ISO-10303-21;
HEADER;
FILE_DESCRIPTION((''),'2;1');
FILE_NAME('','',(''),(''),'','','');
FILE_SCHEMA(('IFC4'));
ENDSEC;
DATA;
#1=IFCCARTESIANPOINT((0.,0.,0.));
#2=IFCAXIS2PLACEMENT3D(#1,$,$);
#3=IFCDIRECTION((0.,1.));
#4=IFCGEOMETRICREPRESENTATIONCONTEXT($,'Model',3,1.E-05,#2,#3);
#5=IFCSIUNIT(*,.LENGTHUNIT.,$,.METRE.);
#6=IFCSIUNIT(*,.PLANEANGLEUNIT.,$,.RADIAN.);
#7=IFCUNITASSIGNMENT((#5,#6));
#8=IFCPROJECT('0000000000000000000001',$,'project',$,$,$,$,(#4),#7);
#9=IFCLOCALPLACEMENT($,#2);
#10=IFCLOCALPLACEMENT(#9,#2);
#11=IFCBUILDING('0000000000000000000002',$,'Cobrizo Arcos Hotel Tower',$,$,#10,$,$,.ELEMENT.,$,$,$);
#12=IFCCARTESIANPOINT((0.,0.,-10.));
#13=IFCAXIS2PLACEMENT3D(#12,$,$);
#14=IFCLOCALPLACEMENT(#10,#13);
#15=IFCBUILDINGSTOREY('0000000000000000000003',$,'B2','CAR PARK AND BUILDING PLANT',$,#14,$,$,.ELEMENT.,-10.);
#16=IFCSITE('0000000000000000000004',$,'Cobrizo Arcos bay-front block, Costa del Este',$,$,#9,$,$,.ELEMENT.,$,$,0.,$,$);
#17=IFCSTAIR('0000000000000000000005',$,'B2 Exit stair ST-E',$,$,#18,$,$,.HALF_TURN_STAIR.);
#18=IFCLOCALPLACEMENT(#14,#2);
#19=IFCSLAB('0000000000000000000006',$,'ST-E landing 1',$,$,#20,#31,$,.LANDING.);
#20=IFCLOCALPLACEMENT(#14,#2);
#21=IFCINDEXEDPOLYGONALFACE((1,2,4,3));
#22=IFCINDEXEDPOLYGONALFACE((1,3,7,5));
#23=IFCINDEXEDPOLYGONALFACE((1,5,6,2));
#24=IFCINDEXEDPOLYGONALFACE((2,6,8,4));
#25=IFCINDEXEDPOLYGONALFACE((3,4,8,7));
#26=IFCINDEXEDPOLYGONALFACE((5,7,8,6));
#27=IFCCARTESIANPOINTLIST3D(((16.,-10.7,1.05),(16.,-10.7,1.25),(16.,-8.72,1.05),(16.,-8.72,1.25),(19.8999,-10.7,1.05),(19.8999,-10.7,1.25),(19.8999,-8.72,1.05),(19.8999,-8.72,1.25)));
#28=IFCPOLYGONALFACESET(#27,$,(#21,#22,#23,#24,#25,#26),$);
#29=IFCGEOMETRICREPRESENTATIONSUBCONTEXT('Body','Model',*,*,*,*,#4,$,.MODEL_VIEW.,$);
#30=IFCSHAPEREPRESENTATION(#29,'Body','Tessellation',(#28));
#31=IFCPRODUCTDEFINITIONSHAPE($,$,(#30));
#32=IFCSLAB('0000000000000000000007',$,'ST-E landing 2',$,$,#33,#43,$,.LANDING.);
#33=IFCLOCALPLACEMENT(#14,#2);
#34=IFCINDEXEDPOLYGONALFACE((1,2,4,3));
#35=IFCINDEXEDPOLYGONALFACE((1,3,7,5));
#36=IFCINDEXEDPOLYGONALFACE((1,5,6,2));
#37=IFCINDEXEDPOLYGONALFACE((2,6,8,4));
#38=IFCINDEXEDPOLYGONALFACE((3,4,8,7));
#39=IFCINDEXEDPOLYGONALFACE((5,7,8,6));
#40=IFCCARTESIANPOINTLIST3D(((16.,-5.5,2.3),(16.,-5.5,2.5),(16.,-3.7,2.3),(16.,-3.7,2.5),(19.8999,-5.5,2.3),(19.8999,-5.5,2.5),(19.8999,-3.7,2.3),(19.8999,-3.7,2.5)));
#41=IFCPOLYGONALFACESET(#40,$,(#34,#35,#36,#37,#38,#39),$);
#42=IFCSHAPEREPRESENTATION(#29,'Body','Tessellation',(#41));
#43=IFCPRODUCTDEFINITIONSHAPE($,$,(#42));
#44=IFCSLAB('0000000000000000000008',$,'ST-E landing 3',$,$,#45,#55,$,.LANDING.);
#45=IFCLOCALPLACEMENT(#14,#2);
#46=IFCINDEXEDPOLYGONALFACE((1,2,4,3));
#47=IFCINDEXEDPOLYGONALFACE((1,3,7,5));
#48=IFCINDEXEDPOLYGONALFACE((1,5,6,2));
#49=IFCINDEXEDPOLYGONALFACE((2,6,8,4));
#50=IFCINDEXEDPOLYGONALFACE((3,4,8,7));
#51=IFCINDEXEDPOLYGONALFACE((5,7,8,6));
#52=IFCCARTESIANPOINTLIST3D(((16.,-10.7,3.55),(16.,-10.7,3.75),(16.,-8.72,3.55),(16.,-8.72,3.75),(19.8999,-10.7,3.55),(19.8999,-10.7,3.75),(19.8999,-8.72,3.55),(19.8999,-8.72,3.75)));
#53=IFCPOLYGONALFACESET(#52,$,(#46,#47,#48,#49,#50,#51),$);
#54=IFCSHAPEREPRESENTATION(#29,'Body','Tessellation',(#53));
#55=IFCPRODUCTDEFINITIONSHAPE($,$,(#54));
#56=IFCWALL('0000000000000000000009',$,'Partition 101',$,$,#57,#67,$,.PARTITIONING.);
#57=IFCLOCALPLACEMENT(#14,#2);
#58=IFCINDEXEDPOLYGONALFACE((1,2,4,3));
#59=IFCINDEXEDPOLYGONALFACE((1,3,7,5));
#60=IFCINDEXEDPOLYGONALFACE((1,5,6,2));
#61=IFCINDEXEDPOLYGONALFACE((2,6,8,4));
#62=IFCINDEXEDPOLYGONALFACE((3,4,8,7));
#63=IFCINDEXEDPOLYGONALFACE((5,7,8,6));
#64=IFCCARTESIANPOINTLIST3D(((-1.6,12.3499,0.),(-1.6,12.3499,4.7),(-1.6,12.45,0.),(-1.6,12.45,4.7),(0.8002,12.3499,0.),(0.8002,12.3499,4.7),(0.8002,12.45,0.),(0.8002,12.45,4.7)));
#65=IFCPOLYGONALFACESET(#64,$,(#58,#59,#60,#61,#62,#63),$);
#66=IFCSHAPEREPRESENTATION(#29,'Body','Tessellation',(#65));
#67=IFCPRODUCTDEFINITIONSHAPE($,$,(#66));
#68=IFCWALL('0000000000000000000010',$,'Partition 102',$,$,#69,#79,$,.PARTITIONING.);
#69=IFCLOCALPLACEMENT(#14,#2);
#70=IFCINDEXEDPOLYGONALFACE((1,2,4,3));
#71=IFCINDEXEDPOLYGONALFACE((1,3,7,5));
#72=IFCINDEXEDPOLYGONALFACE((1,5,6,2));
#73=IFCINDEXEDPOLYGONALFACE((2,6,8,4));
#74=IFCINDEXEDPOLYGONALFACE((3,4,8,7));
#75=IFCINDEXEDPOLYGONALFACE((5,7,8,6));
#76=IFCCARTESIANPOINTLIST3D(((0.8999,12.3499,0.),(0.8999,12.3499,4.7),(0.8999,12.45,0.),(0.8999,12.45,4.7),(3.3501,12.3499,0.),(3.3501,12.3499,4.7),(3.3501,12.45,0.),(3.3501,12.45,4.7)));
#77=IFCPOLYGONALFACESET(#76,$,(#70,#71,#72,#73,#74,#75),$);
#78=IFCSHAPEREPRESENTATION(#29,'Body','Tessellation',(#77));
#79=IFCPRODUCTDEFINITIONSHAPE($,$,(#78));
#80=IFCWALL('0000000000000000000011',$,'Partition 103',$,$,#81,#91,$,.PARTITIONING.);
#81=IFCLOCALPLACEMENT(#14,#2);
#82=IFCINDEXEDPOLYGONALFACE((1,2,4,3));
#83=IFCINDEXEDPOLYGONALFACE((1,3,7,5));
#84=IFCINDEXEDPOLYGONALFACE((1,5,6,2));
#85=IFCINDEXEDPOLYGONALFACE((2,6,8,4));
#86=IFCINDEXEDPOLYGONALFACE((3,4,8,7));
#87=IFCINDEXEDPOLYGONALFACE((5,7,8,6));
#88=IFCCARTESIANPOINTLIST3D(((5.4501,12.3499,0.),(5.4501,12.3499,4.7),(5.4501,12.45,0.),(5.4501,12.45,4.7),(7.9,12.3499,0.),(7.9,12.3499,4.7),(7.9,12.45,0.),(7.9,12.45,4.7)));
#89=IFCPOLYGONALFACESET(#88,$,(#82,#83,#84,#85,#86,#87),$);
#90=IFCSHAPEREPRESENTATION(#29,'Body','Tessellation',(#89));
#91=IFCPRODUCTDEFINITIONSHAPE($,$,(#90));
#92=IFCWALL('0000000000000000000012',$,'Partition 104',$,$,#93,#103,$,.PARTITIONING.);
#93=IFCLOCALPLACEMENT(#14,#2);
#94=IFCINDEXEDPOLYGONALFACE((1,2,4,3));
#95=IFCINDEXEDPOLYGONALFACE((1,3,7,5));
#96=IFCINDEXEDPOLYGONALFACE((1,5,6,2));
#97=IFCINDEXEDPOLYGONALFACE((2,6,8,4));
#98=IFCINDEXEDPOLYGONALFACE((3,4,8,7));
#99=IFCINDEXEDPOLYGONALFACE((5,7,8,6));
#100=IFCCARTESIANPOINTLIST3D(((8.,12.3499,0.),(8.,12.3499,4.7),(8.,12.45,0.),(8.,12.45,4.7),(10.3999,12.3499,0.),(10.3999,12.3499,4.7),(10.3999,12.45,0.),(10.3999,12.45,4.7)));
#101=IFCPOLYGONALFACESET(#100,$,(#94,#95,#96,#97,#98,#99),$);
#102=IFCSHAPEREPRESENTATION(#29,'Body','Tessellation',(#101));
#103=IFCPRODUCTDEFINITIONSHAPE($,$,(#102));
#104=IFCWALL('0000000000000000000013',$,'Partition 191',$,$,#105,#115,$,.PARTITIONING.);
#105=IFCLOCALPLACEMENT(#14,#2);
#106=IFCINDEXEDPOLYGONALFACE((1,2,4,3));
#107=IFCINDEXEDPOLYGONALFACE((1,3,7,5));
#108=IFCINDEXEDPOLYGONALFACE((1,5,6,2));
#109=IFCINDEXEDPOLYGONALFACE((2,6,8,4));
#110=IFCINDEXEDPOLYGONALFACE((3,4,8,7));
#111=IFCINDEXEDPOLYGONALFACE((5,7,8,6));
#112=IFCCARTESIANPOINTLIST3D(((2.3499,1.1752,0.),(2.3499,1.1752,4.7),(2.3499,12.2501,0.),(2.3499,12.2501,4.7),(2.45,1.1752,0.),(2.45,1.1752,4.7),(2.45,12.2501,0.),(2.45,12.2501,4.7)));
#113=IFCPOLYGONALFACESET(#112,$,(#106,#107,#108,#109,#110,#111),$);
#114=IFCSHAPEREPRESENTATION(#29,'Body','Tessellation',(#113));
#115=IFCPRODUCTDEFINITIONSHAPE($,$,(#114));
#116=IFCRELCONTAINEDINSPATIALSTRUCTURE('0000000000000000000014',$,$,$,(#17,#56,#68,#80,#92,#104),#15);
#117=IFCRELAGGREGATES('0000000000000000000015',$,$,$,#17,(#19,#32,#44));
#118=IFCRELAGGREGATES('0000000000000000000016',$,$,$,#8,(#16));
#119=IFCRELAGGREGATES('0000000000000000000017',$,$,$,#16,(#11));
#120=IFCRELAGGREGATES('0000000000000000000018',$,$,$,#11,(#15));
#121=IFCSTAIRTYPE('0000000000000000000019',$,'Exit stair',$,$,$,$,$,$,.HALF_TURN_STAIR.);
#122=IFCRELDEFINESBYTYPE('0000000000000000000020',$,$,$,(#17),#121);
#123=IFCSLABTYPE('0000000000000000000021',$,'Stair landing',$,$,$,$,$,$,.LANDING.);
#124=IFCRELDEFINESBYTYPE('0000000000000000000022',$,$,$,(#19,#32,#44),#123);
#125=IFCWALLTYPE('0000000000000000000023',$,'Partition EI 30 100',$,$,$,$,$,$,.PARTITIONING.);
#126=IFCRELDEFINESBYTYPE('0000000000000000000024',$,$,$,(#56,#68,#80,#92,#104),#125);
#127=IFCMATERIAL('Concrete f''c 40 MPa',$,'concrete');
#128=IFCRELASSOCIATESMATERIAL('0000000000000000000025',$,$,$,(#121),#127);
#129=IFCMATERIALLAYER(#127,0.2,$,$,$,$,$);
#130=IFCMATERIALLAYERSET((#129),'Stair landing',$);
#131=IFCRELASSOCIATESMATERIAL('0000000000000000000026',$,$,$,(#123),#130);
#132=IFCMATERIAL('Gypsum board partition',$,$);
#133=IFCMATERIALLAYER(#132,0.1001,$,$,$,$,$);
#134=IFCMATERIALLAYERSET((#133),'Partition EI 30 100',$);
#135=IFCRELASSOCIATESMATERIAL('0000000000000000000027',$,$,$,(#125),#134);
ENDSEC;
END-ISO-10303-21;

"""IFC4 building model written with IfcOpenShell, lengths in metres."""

from ifc_helpers import new_model, si_unit, direction, frame, frame_2d, origin, place, context, subcontext, project, spatial, polyline, rectangle, outline, extrude, material, layer, layer_set, type_object, element, aggregate, save


model = new_model("IFC4")

# Units and contexts
model_context = context("Model", 3, precision=1e-05, world=origin(), true_north=direction((0.0, 1.0)))
body_context = subcontext(model_context, "Body", "Model", "MODEL_VIEW")
ifc_project = project(units=[si_unit("LENGTHUNIT", "METRE"), si_unit("PLANEANGLEUNIT", "RADIAN")], contexts=[model_context])

# Site, building, storey
site_placement = place(None, origin())
site = spatial("IfcSite", under=ifc_project, at=site_placement, Name="Cobrizo Arcos bay-front block, Costa del Este", CompositionType="ELEMENT", RefElevation=0.0)
building_placement = place(site_placement, origin())
building = spatial("IfcBuilding", under=site, at=building_placement, Name="Cobrizo Arcos Hotel Tower", CompositionType="ELEMENT")
storey_placement = place(building_placement, frame((0.0, 0.0, -10.0)))
storey = spatial("IfcBuildingStorey", under=building, at=storey_placement, Name="B2", Description="CAR PARK AND BUILDING PLANT", CompositionType="ELEMENT", Elevation=-10.0)

# Shared definitions
ifc_material_1 = material(Name="Concrete f'c 40 MPa", Category="concrete")

# Stair, slabs
stair_type = type_object("IfcStairType", Name="Exit stair", PredefinedType="HALF_TURN_STAIR", material=ifc_material_1)
ifc_layer_1 = layer(ifc_material_1, 0.2)
ifc_layer_set_1 = layer_set([ifc_layer_1], Name="Stair landing")
slab_type = type_object("IfcSlabType", Name="Stair landing", PredefinedType="LANDING", material=ifc_layer_set_1)
stair_1_placement = place(storey_placement, origin())
stair_1 = element("IfcStair", 1, at=stair_1_placement, inside=storey, type_object=stair_type, Name="B2 Exit stair ST-E", PredefinedType="HALF_TURN_STAIR")
slab_1_placement = place(storey_placement, frame((0.0, 0.0, 1.05)))
slab_1 = element("IfcSlab", 2, at=slab_1_placement, type_object=slab_type, Name="ST-E landing 1", PredefinedType="LANDING", context=body_context, shape_type="SweptSolid", body=[
    extrude(outline(polyline([(16.0, -8.72), (16.0, -10.7), (19.8999, -10.7), (19.8999, -8.72), (16.0, -8.72)])), origin(), (0.0, 0.0, 1.0), 0.2),
])
slab_2_placement = place(storey_placement, frame((0.0, 0.0, 2.3)))
slab_2 = element("IfcSlab", 3, at=slab_2_placement, type_object=slab_type, Name="ST-E landing 2", PredefinedType="LANDING", context=body_context, shape_type="SweptSolid", body=[
    extrude(outline(polyline([(16.0, -3.7), (16.0, -5.5), (19.8999, -5.5), (19.8999, -3.7), (16.0, -3.7)])), origin(), (0.0, 0.0, 1.0), 0.2),
])
slab_3_placement = place(storey_placement, frame((0.0, 0.0, 3.55)))
slab_3 = element("IfcSlab", 4, at=slab_3_placement, type_object=slab_type, Name="ST-E landing 3", PredefinedType="LANDING", context=body_context, shape_type="SweptSolid", body=[
    extrude(outline(polyline([(16.0, -8.72), (16.0, -10.7), (19.8999, -10.7), (19.8999, -8.72), (16.0, -8.72)])), origin(), (0.0, 0.0, 1.0), 0.2),
])
aggregate(stair_1, [slab_1, slab_2, slab_3])

# Walls
ifc_material_2 = material(Name="Gypsum board partition")
ifc_layer_2 = layer(ifc_material_2, 0.1001)
ifc_layer_set_2 = layer_set([ifc_layer_2], Name="Partition EI 30 100")
wall_type = type_object("IfcWallType", Name="Partition EI 30 100", PredefinedType="PARTITIONING", material=ifc_layer_set_2)
wall_1_placement = place(storey_placement, frame((-1.6001, 12.3999, 0.0), z_axis=(0.0, 0.0, 1.0), x_axis=(1.0, 0.0, 0.0)))
element("IfcWall", 5, at=wall_1_placement, inside=storey, type_object=wall_type, Name="Partition 101", PredefinedType="PARTITIONING", context=body_context, shape_type="SweptSolid", body=[
    extrude(rectangle(XDim=2.4001, YDim=0.1001, at=frame_2d((1.2002, 0.0))), origin(), (0.0, 0.0, 1.0), 4.7),
])
wall_2_placement = place(storey_placement, frame((0.8999, 12.3999, 0.0), z_axis=(0.0, 0.0, 1.0), x_axis=(1.0, 0.0, 0.0)))
element("IfcWall", 6, at=wall_2_placement, inside=storey, type_object=wall_type, Name="Partition 102", PredefinedType="PARTITIONING", context=body_context, shape_type="SweptSolid", body=[
    extrude(rectangle(XDim=2.4502, YDim=0.1001, at=frame_2d((1.2251, 0.0))), origin(), (0.0, 0.0, 1.0), 4.7),
])
wall_3_placement = place(storey_placement, frame((5.45, 12.3999, 0.0), z_axis=(0.0, 0.0, 1.0), x_axis=(1.0, 0.0, 0.0)))
element("IfcWall", 7, at=wall_3_placement, inside=storey, type_object=wall_type, Name="Partition 103", PredefinedType="PARTITIONING", context=body_context, shape_type="SweptSolid", body=[
    extrude(rectangle(XDim=2.45, YDim=0.1001, at=frame_2d((1.2251, 0.0))), origin(), (0.0, 0.0, 1.0), 4.7),
])
wall_4_placement = place(storey_placement, frame((8.0, 12.3999, 0.0), z_axis=(0.0, 0.0, 1.0), x_axis=(1.0, 0.0, 0.0)))
element("IfcWall", 8, at=wall_4_placement, inside=storey, type_object=wall_type, Name="Partition 104", PredefinedType="PARTITIONING", context=body_context, shape_type="SweptSolid", body=[
    extrude(rectangle(XDim=2.3999, YDim=0.1001, at=frame_2d((1.2, 0.0))), origin(), (0.0, 0.0, 1.0), 4.7),
])
wall_5_placement = place(storey_placement, frame((2.3999, 1.175, 0.0), z_axis=(0.0, 0.0, 1.0), x_axis=(0.0, 1.0, 0.0)))
element("IfcWall", 9, at=wall_5_placement, inside=storey, type_object=wall_type, Name="Partition 191", PredefinedType="PARTITIONING", context=body_context, shape_type="SweptSolid", body=[
    extrude(rectangle(XDim=11.075, YDim=0.1001, at=frame_2d((5.5376, 0.0))), origin(), (0.0, 0.0, 1.0), 4.7),
])

save(model, "model.ifc")
